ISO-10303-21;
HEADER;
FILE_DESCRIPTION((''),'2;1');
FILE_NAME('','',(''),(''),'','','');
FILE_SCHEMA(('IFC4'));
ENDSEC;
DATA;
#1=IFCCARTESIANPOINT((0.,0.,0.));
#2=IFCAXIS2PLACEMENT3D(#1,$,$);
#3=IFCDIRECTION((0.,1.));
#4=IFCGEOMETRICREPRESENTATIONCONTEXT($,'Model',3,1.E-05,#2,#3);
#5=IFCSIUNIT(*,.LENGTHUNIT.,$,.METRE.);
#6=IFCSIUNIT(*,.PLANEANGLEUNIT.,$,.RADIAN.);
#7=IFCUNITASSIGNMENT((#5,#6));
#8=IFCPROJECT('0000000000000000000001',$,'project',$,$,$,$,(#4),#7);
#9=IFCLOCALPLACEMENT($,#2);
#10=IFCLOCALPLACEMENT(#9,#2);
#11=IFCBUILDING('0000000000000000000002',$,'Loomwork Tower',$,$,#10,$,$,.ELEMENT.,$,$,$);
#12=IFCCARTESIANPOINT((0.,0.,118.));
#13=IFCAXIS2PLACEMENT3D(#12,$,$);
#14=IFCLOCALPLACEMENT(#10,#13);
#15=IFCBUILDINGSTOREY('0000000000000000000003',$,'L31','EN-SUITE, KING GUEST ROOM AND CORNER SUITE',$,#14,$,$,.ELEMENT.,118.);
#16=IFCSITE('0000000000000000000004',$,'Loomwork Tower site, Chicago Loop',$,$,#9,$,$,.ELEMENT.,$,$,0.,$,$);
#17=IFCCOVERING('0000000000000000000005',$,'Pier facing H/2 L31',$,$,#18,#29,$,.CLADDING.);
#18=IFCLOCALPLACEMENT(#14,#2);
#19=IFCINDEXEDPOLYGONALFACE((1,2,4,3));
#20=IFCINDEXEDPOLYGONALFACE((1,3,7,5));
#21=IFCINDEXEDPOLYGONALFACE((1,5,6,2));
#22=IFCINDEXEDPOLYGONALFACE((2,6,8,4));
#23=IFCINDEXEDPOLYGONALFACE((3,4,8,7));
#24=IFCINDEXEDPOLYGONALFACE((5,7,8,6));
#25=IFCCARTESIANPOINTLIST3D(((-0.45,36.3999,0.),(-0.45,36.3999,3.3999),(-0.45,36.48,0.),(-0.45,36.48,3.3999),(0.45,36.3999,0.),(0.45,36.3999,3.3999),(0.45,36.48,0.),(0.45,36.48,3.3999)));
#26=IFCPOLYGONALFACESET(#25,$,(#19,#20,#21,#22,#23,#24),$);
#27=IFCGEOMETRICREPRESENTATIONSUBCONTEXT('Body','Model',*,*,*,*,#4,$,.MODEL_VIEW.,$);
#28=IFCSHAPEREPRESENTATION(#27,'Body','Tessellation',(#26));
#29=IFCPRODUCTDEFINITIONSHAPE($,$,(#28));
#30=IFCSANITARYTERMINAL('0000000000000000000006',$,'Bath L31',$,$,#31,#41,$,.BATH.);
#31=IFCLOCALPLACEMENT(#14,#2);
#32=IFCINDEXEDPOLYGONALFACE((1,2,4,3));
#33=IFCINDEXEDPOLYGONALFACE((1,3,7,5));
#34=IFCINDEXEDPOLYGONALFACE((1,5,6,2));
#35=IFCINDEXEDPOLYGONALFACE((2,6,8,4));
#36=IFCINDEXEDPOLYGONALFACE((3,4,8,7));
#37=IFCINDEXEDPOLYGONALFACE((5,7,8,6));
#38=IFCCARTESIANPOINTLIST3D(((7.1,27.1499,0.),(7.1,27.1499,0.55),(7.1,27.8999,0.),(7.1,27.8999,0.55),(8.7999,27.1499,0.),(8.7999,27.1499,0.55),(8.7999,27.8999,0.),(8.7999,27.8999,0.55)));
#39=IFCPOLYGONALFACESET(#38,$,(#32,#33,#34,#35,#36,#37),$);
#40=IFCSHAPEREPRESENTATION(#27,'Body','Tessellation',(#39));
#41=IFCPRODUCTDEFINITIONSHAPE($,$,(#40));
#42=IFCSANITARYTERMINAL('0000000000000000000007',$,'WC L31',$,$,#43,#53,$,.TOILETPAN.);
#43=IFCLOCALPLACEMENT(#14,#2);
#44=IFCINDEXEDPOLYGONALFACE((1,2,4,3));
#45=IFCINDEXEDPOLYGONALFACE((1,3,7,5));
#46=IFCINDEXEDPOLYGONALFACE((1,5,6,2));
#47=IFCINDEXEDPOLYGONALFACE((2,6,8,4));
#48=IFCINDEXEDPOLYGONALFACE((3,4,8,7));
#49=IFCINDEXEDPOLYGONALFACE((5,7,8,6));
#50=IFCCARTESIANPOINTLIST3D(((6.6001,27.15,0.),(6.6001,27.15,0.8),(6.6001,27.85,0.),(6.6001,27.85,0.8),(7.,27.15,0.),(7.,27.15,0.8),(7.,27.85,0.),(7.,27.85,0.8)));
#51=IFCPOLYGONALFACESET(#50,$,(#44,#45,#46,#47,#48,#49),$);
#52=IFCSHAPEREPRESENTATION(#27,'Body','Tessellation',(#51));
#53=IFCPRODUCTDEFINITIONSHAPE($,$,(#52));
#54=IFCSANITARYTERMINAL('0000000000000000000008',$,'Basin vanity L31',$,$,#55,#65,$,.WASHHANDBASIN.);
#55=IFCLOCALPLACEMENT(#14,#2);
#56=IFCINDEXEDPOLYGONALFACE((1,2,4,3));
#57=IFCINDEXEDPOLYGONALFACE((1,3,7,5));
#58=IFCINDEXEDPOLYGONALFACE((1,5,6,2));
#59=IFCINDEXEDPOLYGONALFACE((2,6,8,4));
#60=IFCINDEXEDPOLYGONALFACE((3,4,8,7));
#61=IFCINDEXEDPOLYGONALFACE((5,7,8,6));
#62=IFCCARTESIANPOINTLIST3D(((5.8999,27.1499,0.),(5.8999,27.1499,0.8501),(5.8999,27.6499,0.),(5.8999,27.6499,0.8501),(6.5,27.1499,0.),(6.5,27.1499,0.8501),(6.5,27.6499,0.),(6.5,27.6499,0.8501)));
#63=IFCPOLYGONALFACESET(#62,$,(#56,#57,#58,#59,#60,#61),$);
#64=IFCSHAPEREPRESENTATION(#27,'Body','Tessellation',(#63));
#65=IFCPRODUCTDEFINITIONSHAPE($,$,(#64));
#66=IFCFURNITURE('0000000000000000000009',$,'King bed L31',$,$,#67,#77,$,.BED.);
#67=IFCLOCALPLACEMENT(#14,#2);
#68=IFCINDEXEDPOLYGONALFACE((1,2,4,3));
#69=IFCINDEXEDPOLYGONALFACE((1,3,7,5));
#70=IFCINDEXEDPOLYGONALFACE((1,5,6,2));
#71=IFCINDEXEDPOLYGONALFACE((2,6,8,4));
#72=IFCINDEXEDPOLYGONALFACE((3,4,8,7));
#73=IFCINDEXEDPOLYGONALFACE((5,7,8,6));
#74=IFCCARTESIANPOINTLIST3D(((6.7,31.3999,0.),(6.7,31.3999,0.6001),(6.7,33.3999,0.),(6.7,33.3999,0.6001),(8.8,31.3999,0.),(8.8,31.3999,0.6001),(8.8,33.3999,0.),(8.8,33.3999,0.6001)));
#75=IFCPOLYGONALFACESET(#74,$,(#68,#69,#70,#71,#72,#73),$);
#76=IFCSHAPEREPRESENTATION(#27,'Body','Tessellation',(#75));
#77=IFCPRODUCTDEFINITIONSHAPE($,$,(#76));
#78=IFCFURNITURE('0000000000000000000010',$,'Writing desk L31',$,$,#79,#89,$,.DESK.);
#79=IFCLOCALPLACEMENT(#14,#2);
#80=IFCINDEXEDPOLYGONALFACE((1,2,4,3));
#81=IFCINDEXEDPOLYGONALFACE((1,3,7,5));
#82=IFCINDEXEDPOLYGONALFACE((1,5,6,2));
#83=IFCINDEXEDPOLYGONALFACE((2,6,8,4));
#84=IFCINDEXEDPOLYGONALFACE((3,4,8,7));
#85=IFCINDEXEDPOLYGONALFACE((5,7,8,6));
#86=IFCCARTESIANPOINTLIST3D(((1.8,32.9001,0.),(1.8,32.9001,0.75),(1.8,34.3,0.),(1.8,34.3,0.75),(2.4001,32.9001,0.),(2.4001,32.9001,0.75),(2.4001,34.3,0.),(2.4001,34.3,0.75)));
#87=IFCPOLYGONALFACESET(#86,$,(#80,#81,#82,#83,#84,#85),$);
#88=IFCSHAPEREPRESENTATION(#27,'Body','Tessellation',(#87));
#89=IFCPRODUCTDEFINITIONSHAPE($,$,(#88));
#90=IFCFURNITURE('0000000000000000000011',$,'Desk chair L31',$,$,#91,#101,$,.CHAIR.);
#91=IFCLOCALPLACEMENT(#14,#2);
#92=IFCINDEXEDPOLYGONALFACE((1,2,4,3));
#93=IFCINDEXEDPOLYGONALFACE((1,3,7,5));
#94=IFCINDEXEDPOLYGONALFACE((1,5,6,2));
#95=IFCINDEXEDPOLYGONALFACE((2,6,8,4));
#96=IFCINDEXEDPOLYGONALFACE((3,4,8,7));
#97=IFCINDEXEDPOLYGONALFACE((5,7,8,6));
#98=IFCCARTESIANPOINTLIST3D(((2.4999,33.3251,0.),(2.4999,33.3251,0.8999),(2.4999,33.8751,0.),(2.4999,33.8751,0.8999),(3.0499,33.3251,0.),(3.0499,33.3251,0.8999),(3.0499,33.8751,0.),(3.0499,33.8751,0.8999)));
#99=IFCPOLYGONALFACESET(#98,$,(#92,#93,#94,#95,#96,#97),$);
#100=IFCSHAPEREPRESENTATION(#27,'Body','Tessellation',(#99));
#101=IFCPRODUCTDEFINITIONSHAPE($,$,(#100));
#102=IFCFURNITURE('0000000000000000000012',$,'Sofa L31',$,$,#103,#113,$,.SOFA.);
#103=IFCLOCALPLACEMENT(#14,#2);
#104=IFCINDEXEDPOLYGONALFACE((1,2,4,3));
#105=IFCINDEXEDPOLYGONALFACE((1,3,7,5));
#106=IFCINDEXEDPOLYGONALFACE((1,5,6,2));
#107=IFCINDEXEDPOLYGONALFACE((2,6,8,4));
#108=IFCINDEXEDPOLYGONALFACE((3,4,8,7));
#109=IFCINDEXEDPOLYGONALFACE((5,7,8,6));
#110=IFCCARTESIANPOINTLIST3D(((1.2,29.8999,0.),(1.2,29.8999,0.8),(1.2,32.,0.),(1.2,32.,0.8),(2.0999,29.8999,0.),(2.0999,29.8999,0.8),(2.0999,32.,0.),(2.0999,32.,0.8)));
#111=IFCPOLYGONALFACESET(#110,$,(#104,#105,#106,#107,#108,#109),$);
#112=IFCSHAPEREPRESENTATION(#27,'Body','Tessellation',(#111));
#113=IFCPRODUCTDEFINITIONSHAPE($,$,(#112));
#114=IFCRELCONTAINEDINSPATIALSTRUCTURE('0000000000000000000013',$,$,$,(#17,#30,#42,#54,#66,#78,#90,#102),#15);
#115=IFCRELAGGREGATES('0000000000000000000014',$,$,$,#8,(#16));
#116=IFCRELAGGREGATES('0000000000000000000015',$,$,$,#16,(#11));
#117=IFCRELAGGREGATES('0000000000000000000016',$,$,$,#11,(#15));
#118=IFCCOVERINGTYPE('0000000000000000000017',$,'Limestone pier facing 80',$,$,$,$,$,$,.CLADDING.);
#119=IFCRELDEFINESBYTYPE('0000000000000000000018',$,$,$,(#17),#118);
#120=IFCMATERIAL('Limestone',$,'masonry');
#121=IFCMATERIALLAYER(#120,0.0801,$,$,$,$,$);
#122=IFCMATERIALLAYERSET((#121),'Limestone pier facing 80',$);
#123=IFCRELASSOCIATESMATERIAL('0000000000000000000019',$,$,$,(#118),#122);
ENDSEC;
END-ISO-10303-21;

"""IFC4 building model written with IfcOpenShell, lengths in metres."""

from ifc_helpers import new_model, si_unit, direction, frame, origin, origin_2d, place, context, subcontext, project, spatial, rectangle, extrude, material, layer, layer_set, type_object, element, save


model = new_model("IFC4")

# Units and contexts
model_context = context("Model", 3, precision=1e-05, world=origin(), true_north=direction((0.0, 1.0)))
body_context = subcontext(model_context, "Body", "Model", "MODEL_VIEW")
ifc_project = project(units=[si_unit("LENGTHUNIT", "METRE"), si_unit("PLANEANGLEUNIT", "RADIAN")], contexts=[model_context])

# Site, building, storey
site_placement = place(None, origin())
site = spatial("IfcSite", under=ifc_project, at=site_placement, Name="Loomwork Tower site, Chicago Loop", CompositionType="ELEMENT", RefElevation=0.0)
building_placement = place(site_placement, origin())
building = spatial("IfcBuilding", under=site, at=building_placement, Name="Loomwork Tower", CompositionType="ELEMENT")
storey_placement = place(building_placement, frame((0.0, 0.0, 118.0)))
storey = spatial("IfcBuildingStorey", under=building, at=storey_placement, Name="L31", Description="EN-SUITE, KING GUEST ROOM AND CORNER SUITE", CompositionType="ELEMENT", Elevation=118.0)

# Covering
ifc_material_1 = material(Name="Limestone", Category="masonry")
ifc_layer_1 = layer(ifc_material_1, 0.0801)
ifc_layer_set_1 = layer_set([ifc_layer_1], Name="Limestone pier facing 80")
covering_type = type_object("IfcCoveringType", Name="Limestone pier facing 80", PredefinedType="CLADDING", material=ifc_layer_set_1)
covering_placement = place(storey_placement, frame((0.0, 36.4399, 0.0), z_axis=(0.0, 0.0, 1.0), x_axis=(1.0, 0.0, 0.0)))
element("IfcCovering", 1, at=covering_placement, inside=storey, type_object=covering_type, Name="Pier facing H/2 L31", PredefinedType="CLADDING", context=body_context, shape_type="SweptSolid", body=[
    extrude(rectangle(XDim=0.8999, YDim=0.0801, at=origin_2d()), origin(), (0.0, 0.0, 1.0), 3.3999),
])

# Sanitary terminals
sanitary_terminal_1_placement = place(storey_placement, frame((7.95, 27.5249, 0.0), z_axis=(0.0, 0.0, 1.0), x_axis=(1.0, 0.0, 0.0)))
element("IfcSanitaryTerminal", 2, at=sanitary_terminal_1_placement, inside=storey, Name="Bath L31", PredefinedType="BATH", context=body_context, shape_type="SweptSolid", body=[
    extrude(rectangle(XDim=1.7, YDim=0.75, at=origin_2d()), origin(), (0.0, 0.0, 1.0), 0.55),
])
sanitary_terminal_2_placement = place(storey_placement, frame((6.8, 27.5, 0.0), z_axis=(0.0, 0.0, 1.0), x_axis=(1.0, 0.0, 0.0)))
element("IfcSanitaryTerminal", 3, at=sanitary_terminal_2_placement, inside=storey, Name="WC L31", PredefinedType="TOILETPAN", context=body_context, shape_type="SweptSolid", body=[
    extrude(rectangle(XDim=0.3999, YDim=0.7, at=origin_2d()), origin(), (0.0, 0.0, 1.0), 0.8),
])
sanitary_terminal_3_placement = place(storey_placement, frame((6.2, 27.3999, 0.0), z_axis=(0.0, 0.0, 1.0), x_axis=(1.0, 0.0, 0.0)))
element("IfcSanitaryTerminal", 4, at=sanitary_terminal_3_placement, inside=storey, Name="Basin vanity L31", PredefinedType="WASHHANDBASIN", context=body_context, shape_type="SweptSolid", body=[
    extrude(rectangle(XDim=0.6001, YDim=0.5, at=origin_2d()), origin(), (0.0, 0.0, 1.0), 0.8501),
])

# Furniture
furniture_1_placement = place(storey_placement, frame((7.75, 32.3999, 0.0), z_axis=(0.0, 0.0, 1.0), x_axis=(1.0, 0.0, 0.0)))
element("IfcFurniture", 5, at=furniture_1_placement, inside=storey, Name="King bed L31", PredefinedType="BED", context=body_context, shape_type="SweptSolid", body=[
    extrude(rectangle(XDim=2.1001, YDim=2.0, at=origin_2d()), origin(), (0.0, 0.0, 1.0), 0.6001),
])
furniture_2_placement = place(storey_placement, frame((2.1001, 33.6001, 0.0), z_axis=(0.0, 0.0, 1.0), x_axis=(1.0, 0.0, 0.0)))
element("IfcFurniture", 6, at=furniture_2_placement, inside=storey, Name="Writing desk L31", PredefinedType="DESK", context=body_context, shape_type="SweptSolid", body=[
    extrude(rectangle(XDim=0.6001, YDim=1.3999, at=origin_2d()), origin(), (0.0, 0.0, 1.0), 0.75),
])
furniture_3_placement = place(storey_placement, frame((2.7749, 33.6001, 0.0), z_axis=(0.0, 0.0, 1.0), x_axis=(1.0, 0.0, 0.0)))
element("IfcFurniture", 7, at=furniture_3_placement, inside=storey, Name="Desk chair L31", PredefinedType="CHAIR", context=body_context, shape_type="SweptSolid", body=[
    extrude(rectangle(XDim=0.55, YDim=0.55, at=origin_2d()), origin(), (0.0, 0.0, 1.0), 0.8999),
])
furniture_4_placement = place(storey_placement, frame((1.6499, 30.95, 0.0), z_axis=(0.0, 0.0, 1.0), x_axis=(1.0, 0.0, 0.0)))
element("IfcFurniture", 8, at=furniture_4_placement, inside=storey, Name="Sofa L31", PredefinedType="SOFA", context=body_context, shape_type="SweptSolid", body=[
    extrude(rectangle(XDim=0.8999, YDim=2.1001, at=origin_2d()), origin(), (0.0, 0.0, 1.0), 0.8),
])

save(model, "model.ifc")
